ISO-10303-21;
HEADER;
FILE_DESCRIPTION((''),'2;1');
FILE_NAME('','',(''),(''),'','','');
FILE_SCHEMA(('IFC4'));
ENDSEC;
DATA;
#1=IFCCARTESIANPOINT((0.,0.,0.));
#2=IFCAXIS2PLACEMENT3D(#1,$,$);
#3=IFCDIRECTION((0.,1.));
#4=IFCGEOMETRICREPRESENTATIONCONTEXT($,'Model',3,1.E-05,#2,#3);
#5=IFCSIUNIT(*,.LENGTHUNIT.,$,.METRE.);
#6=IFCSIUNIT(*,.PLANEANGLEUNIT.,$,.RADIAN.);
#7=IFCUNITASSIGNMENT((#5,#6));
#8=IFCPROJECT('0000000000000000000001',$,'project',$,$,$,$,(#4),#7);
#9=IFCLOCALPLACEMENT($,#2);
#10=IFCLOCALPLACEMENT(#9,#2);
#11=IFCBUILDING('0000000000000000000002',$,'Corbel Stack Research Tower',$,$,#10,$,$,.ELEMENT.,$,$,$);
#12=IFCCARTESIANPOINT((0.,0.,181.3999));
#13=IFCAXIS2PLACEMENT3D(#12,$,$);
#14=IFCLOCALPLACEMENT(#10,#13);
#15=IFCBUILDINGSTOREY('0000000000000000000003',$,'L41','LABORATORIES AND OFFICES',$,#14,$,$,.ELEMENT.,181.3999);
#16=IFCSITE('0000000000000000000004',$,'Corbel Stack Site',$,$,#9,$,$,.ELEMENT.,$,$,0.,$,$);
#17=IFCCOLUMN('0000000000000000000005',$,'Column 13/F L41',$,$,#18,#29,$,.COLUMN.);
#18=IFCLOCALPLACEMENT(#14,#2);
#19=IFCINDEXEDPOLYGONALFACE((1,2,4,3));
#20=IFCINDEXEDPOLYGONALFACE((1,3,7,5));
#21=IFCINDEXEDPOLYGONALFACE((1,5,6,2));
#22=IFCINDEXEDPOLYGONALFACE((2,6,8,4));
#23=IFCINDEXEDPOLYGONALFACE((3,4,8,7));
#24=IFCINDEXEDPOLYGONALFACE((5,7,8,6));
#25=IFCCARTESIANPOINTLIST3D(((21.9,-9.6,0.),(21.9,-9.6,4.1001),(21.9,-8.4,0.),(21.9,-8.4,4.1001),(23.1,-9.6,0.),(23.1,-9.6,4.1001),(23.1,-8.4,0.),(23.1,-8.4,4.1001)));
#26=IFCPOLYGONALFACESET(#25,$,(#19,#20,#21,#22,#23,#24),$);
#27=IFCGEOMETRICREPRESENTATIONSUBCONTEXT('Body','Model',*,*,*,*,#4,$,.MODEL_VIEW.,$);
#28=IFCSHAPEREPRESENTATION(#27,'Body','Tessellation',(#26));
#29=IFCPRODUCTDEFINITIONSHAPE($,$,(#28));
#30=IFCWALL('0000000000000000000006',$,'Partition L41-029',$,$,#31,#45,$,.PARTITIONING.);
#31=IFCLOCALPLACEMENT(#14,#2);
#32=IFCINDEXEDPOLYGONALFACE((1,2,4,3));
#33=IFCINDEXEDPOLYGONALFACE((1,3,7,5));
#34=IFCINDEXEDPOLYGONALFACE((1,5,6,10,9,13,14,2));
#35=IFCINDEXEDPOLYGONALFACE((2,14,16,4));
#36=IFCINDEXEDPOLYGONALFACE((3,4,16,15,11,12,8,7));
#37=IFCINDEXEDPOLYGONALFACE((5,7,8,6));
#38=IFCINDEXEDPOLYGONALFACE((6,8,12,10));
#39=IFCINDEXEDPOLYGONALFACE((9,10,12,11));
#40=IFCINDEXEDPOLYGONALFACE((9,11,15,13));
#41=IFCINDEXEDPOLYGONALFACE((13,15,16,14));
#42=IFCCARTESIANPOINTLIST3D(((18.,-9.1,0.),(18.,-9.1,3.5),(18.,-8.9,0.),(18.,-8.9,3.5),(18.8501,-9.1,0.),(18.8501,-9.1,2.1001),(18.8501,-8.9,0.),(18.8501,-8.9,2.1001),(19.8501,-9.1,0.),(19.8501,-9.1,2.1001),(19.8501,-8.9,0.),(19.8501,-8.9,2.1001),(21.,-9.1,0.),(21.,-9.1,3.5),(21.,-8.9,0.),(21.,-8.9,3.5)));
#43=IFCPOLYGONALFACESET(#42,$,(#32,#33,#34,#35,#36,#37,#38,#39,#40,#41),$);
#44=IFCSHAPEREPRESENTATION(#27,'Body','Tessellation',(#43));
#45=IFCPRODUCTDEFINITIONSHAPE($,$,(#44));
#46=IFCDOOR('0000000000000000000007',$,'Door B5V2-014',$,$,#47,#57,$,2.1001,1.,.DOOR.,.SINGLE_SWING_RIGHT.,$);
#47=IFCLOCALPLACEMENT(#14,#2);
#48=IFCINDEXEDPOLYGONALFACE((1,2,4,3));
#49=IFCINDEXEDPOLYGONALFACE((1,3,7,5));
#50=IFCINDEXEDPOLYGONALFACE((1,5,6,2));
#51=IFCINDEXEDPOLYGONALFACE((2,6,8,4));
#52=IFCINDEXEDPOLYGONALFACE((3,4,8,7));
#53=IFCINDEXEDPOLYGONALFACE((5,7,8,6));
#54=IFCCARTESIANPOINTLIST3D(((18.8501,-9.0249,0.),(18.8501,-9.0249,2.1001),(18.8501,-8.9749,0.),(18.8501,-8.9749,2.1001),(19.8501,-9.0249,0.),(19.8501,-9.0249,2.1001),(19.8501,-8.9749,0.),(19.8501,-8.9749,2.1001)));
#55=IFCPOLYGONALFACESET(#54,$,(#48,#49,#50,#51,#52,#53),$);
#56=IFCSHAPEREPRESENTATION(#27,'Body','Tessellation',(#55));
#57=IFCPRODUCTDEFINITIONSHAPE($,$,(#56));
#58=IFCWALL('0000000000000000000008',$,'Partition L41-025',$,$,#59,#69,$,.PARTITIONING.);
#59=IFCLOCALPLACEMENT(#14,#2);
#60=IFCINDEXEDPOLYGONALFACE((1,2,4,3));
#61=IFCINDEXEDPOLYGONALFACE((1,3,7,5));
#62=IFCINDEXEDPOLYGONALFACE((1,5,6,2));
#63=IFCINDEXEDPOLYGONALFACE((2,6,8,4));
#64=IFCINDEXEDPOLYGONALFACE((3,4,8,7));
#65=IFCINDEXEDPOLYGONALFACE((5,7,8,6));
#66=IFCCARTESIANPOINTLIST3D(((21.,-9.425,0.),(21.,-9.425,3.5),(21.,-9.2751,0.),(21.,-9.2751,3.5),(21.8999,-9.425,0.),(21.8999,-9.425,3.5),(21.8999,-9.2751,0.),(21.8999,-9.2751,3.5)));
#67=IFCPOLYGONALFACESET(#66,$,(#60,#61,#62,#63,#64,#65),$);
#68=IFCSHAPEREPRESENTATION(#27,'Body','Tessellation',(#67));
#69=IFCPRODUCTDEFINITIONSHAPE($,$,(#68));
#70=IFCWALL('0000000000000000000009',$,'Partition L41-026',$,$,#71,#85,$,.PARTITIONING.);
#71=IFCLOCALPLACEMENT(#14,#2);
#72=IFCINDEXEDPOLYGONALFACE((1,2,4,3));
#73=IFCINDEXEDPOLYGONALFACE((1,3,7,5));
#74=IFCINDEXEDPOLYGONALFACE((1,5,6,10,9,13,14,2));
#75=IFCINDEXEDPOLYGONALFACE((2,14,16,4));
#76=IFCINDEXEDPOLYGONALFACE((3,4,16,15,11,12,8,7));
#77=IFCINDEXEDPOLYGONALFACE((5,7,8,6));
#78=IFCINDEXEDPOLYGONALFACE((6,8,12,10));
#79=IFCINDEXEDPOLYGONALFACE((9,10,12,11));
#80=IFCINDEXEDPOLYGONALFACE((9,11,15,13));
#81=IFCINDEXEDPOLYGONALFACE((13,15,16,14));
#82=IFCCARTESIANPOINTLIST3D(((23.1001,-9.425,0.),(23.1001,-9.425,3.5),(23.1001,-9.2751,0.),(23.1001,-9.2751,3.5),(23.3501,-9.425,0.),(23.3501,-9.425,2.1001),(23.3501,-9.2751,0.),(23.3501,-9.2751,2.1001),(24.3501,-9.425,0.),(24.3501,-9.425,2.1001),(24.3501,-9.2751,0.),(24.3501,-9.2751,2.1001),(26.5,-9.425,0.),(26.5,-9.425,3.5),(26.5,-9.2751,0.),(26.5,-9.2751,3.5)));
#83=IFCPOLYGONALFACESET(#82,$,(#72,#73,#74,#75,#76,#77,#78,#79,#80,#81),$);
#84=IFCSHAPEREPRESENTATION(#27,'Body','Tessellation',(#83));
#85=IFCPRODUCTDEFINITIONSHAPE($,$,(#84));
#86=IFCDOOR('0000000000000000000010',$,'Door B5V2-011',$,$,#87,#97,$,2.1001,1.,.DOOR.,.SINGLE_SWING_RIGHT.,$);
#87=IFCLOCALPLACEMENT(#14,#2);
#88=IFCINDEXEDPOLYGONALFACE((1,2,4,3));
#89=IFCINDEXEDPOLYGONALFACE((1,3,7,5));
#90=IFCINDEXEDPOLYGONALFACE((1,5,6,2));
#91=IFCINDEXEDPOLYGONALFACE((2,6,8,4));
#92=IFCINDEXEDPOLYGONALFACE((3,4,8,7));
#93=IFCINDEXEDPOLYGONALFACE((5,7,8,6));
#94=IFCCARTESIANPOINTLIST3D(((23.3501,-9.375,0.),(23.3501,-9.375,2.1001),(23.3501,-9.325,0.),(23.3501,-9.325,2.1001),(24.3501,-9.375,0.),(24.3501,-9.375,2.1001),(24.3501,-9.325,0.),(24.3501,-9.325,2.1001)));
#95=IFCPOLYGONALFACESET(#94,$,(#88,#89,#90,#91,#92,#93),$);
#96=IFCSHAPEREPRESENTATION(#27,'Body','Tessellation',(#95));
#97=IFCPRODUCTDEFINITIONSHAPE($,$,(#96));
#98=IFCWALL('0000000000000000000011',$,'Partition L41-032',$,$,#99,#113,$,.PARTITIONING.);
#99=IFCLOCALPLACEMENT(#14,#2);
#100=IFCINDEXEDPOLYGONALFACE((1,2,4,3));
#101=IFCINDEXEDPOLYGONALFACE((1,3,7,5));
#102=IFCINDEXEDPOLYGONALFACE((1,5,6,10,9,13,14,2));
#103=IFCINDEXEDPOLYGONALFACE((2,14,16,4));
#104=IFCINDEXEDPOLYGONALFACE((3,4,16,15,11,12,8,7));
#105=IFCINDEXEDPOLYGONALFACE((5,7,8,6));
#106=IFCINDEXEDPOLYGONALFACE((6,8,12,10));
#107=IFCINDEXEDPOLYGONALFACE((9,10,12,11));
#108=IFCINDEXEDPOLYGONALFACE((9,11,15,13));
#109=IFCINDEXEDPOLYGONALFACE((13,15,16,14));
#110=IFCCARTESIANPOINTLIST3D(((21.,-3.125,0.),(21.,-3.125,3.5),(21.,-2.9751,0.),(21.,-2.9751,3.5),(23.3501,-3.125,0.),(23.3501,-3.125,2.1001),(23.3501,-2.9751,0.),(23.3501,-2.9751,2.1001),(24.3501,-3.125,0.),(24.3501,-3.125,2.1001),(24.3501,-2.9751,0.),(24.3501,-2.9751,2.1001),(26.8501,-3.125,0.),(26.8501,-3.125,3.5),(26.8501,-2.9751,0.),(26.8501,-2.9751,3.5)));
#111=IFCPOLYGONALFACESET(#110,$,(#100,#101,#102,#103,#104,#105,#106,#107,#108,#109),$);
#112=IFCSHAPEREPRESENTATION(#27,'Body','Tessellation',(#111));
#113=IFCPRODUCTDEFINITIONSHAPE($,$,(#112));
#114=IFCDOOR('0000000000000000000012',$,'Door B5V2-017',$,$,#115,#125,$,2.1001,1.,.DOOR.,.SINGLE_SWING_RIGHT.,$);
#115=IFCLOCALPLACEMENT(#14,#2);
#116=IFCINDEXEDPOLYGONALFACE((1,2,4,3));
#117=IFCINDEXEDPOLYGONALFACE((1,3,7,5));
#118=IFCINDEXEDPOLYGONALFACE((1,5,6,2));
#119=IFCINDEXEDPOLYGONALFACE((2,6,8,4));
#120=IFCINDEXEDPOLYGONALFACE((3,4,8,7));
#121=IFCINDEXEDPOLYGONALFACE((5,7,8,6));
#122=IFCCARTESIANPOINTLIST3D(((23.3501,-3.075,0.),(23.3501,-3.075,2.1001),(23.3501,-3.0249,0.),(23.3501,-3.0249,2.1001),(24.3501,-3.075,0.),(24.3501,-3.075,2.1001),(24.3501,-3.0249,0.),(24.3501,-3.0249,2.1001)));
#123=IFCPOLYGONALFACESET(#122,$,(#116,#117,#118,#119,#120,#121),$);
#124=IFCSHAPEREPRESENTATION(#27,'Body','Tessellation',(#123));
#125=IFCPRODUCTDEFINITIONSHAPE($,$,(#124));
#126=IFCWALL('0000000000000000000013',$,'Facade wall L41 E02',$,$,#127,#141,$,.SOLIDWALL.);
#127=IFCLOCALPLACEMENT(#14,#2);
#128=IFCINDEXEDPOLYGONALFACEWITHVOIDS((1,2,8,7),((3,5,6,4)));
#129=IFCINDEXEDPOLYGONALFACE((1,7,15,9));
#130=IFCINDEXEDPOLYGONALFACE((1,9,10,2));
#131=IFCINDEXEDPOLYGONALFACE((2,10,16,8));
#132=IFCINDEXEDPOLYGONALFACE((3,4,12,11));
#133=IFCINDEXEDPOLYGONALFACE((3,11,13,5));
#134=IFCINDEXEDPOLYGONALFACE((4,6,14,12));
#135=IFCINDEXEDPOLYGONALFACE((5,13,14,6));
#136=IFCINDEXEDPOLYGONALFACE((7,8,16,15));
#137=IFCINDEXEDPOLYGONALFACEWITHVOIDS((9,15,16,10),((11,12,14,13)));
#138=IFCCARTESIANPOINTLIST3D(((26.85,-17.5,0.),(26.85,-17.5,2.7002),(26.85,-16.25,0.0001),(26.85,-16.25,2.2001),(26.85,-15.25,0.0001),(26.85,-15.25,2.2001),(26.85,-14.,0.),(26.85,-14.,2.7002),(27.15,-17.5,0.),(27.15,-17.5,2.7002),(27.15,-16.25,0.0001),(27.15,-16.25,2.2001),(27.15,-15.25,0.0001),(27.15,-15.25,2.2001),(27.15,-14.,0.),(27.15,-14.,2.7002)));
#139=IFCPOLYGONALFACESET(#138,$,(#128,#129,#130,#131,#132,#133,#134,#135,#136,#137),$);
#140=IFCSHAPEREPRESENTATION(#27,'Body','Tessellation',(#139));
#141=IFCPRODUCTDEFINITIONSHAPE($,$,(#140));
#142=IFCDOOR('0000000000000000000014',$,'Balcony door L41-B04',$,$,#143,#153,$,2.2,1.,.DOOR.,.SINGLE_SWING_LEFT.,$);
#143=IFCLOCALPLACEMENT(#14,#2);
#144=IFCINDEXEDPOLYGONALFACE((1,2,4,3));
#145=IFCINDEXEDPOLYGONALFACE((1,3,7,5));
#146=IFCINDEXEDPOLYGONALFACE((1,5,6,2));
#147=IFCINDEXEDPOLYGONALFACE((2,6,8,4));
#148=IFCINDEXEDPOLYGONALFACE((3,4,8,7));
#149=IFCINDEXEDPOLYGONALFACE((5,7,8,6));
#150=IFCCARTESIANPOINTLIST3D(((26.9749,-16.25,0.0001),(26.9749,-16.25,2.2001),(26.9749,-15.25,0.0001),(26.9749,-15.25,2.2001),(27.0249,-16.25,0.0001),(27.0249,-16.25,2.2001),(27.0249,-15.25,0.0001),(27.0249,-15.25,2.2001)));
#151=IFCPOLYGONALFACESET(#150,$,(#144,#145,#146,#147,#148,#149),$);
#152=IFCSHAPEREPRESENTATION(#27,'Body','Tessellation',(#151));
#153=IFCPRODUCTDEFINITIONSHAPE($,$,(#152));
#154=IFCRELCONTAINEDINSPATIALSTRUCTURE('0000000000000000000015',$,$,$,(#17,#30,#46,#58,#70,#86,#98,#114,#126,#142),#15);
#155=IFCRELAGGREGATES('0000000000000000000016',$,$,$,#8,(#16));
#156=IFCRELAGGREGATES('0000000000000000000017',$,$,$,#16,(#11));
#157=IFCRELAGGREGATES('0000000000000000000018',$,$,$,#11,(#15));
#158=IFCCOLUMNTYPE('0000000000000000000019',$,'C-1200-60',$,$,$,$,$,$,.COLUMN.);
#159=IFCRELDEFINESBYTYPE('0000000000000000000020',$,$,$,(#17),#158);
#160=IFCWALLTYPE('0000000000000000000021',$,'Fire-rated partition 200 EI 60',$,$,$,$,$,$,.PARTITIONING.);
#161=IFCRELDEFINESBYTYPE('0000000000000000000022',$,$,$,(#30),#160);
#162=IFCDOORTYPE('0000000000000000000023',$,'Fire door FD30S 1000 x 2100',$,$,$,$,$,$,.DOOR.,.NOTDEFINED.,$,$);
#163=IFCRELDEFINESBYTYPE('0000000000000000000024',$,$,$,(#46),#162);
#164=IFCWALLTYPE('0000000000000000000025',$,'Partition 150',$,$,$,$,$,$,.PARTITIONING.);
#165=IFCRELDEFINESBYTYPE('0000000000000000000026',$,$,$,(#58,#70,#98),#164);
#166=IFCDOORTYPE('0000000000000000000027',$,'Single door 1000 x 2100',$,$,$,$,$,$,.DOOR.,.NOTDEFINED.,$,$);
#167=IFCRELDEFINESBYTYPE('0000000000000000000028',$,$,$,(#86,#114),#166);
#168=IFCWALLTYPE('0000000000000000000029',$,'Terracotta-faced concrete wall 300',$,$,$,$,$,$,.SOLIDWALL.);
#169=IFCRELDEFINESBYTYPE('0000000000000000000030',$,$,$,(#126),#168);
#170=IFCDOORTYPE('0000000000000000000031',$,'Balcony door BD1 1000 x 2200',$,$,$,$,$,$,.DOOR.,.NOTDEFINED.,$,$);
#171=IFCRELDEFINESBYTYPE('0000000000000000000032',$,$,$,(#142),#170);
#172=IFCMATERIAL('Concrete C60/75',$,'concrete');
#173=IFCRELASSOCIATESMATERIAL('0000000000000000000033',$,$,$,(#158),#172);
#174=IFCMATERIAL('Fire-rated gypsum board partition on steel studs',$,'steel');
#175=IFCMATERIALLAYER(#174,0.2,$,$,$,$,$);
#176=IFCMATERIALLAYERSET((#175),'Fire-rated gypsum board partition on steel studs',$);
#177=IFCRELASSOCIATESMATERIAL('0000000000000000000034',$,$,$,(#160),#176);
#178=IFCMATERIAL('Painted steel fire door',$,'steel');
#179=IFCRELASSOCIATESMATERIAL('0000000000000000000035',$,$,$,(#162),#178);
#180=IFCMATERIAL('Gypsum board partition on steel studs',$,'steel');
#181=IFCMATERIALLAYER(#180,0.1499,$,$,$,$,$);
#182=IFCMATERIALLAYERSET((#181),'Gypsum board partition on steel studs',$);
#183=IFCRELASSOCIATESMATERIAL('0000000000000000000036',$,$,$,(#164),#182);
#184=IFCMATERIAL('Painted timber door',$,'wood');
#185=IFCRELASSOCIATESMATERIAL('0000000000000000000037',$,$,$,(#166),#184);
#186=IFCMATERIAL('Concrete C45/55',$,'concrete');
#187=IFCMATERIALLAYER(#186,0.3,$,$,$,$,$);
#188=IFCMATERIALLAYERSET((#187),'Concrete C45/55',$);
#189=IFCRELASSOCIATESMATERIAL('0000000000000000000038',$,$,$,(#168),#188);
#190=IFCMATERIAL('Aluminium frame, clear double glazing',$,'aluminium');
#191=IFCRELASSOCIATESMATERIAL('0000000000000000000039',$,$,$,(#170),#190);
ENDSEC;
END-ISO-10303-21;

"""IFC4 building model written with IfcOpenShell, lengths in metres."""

from ifc_helpers import new_model, si_unit, direction, frame, frame_2d, origin, origin_2d, place, context, subcontext, project, spatial, rectangle, extrude, material, layer, layer_set, material_profile, profile_set, type_object, element, fill, save


model = new_model("IFC4")

# Units and contexts
model_context = context("Model", 3, precision=1e-05, world=origin(), true_north=direction((0.0, 1.0)))
body_context = subcontext(model_context, "Body", "Model", "MODEL_VIEW")
ifc_project = project(units=[si_unit("LENGTHUNIT", "METRE"), si_unit("PLANEANGLEUNIT", "RADIAN")], contexts=[model_context])

# Site, building, storey
site_placement = place(None, origin())
site = spatial("IfcSite", under=ifc_project, at=site_placement, Name="Corbel Stack Site", CompositionType="ELEMENT", RefElevation=0.0)
building_placement = place(site_placement, origin())
building = spatial("IfcBuilding", under=site, at=building_placement, Name="Corbel Stack Research Tower", CompositionType="ELEMENT")
storey_placement = place(building_placement, frame((0.0, 0.0, 181.3999)))
storey = spatial("IfcBuildingStorey", under=building, at=storey_placement, Name="L41", Description="LABORATORIES AND OFFICES", CompositionType="ELEMENT", Elevation=181.3999)

# Column
ifc_material_1 = material(Name="Concrete C60/75", Category="concrete")
ifc_material_profile = material_profile(ifc_material_1, rectangle(XDim=1.2, YDim=1.2, at=origin_2d()), Name="RC 1200 x 1200")
ifc_profile_set = profile_set([ifc_material_profile], Name="Concrete C60/75")
column_type = type_object("IfcColumnType", Name="C-1200-60", PredefinedType="COLUMN", material=ifc_profile_set)
column_placement = place(storey_placement, frame((22.5, -9.0, 0.0), z_axis=(0.0, 0.0, 1.0), x_axis=(1.0, 0.0, 0.0)))
element("IfcColumn", 1, at=column_placement, inside=storey, type_object=column_type, Name="Column 13/F L41", PredefinedType="COLUMN", context=body_context, shape_type="SweptSolid", body=[
    extrude(rectangle(XDim=1.2, YDim=1.2, at=origin_2d()), origin(), (0.0, 0.0, 1.0), 4.1001),
])

# Wall, opening, door
ifc_material_2 = material(Name="Fire-rated gypsum board partition on steel studs", Category="steel")
ifc_layer_1 = layer(ifc_material_2, 0.2)
ifc_layer_set_1 = layer_set([ifc_layer_1], Name="Fire-rated gypsum board partition on steel studs")
wall_type_1 = type_object("IfcWallType", Name="Fire-rated partition 200 EI 60", PredefinedType="PARTITIONING", material=ifc_layer_set_1)
wall_1_placement = place(storey_placement, frame((21.0, -9.0, 0.0), z_axis=(0.0, 0.0, 1.0), x_axis=(-1.0, 0.0, 0.0)))
wall_1 = element("IfcWall", 2, at=wall_1_placement, inside=storey, type_object=wall_type_1, Name="Partition L41-029", PredefinedType="PARTITIONING", context=body_context, shape_type="SweptSolid", body=[
    extrude(rectangle(XDim=3.0, YDim=0.2, at=frame_2d((1.5, 0.0))), origin(), (0.0, 0.0, 1.0), 3.5),
])
opening_1_placement = place(wall_1_placement, frame((1.1499, 0.0, 0.0)))
opening_1 = element("IfcOpeningElement", 3, at=opening_1_placement, cuts=wall_1, PredefinedType="OPENING", context=body_context, shape_type="SweptSolid", body=[
    extrude(rectangle(XDim=1.0, YDim=2.1001, at=frame_2d((0.5, 1.05))), frame((0.0, 0.1099, 0.0), z_axis=(0.0, -1.0, 0.0), x_axis=(1.0, 0.0, 0.0)), (0.0, 0.0, 1.0), 0.22),
])
ifc_material_3 = material(Name="Painted steel fire door", Category="steel")
door_type_1 = type_object("IfcDoorType", Name="Fire door FD30S 1000 x 2100", OperationType="NOTDEFINED", PredefinedType="DOOR", material=ifc_material_3)
door_1_placement = place(opening_1_placement, origin())
door_1 = element("IfcDoor", 4, at=door_1_placement, inside=storey, type_object=door_type_1, Name="Door B5V2-014", OperationType="SINGLE_SWING_RIGHT", OverallHeight=2.1001, OverallWidth=1.0, PredefinedType="DOOR", context=body_context, shape_type="SweptSolid", body=[
    extrude(rectangle(XDim=1.0, YDim=2.1001, at=frame_2d((0.5, 1.05))), frame((0.0, 0.0249, 0.0), z_axis=(0.0, -1.0, 0.0), x_axis=(1.0, 0.0, 0.0)), (0.0, 0.0, 1.0), 0.05),
])
fill(opening_1, door_1)

# Wall
ifc_material_4 = material(Name="Gypsum board partition on steel studs", Category="steel")
ifc_layer_2 = layer(ifc_material_4, 0.1499)
ifc_layer_set_2 = layer_set([ifc_layer_2], Name="Gypsum board partition on steel studs")
wall_type_2 = type_object("IfcWallType", Name="Partition 150", PredefinedType="PARTITIONING", material=ifc_layer_set_2)
wall_2_placement = place(storey_placement, frame((21.0, -9.3501, 0.0), z_axis=(0.0, 0.0, 1.0), x_axis=(1.0, 0.0, 0.0)))
element("IfcWall", 5, at=wall_2_placement, inside=storey, type_object=wall_type_2, Name="Partition L41-025", PredefinedType="PARTITIONING", context=body_context, shape_type="SweptSolid", body=[
    extrude(rectangle(XDim=0.8999, YDim=0.1499, at=frame_2d((0.45, 0.0))), origin(), (0.0, 0.0, 1.0), 3.5),
])

# Walls, openings, doors
wall_3_placement = place(storey_placement, frame((26.5, -9.3501, 0.0), z_axis=(0.0, 0.0, 1.0), x_axis=(-1.0, 0.0, 0.0)))
wall_3 = element("IfcWall", 6, at=wall_3_placement, inside=storey, type_object=wall_type_2, Name="Partition L41-026", PredefinedType="PARTITIONING", context=body_context, shape_type="SweptSolid", body=[
    extrude(rectangle(XDim=3.3999, YDim=0.1499, at=frame_2d((1.7, 0.0))), origin(), (0.0, 0.0, 1.0), 3.5),
])
opening_2_placement = place(wall_3_placement, frame((2.1499, 0.0, 0.0)))
opening_2 = element("IfcOpeningElement", 7, at=opening_2_placement, cuts=wall_3, PredefinedType="OPENING", context=body_context, shape_type="SweptSolid", body=[
    extrude(rectangle(XDim=1.0, YDim=2.1001, at=frame_2d((0.5, 1.05))), frame((0.0, 0.085, 0.0), z_axis=(0.0, -1.0, 0.0), x_axis=(1.0, 0.0, 0.0)), (0.0, 0.0, 1.0), 0.1699),
])
ifc_material_5 = material(Name="Painted timber door", Category="wood")
door_type_2 = type_object("IfcDoorType", Name="Single door 1000 x 2100", OperationType="NOTDEFINED", PredefinedType="DOOR", material=ifc_material_5)
door_2_placement = place(opening_2_placement, origin())
door_2 = element("IfcDoor", 8, at=door_2_placement, inside=storey, type_object=door_type_2, Name="Door B5V2-011", OperationType="SINGLE_SWING_RIGHT", OverallHeight=2.1001, OverallWidth=1.0, PredefinedType="DOOR", context=body_context, shape_type="SweptSolid", body=[
    extrude(rectangle(XDim=1.0, YDim=2.1001, at=frame_2d((0.5, 1.05))), frame((0.0, 0.0249, 0.0), z_axis=(0.0, -1.0, 0.0), x_axis=(1.0, 0.0, 0.0)), (0.0, 0.0, 1.0), 0.05),
])
fill(opening_2, door_2)
wall_4_placement = place(storey_placement, frame((26.8501, -3.05, 0.0), z_axis=(0.0, 0.0, 1.0), x_axis=(-1.0, 0.0, 0.0)))
wall_4 = element("IfcWall", 9, at=wall_4_placement, inside=storey, type_object=wall_type_2, Name="Partition L41-032", PredefinedType="PARTITIONING", context=body_context, shape_type="SweptSolid", body=[
    extrude(rectangle(XDim=5.8501, YDim=0.1499, at=frame_2d((2.925, 0.0))), origin(), (0.0, 0.0, 1.0), 3.5),
])
opening_3_placement = place(wall_4_placement, frame((2.5, 0.0, 0.0)))
opening_3 = element("IfcOpeningElement", 10, at=opening_3_placement, cuts=wall_4, PredefinedType="OPENING", context=body_context, shape_type="SweptSolid", body=[
    extrude(rectangle(XDim=1.0, YDim=2.1001, at=frame_2d((0.5, 1.05))), frame((0.0, 0.085, 0.0), z_axis=(0.0, -1.0, 0.0), x_axis=(1.0, 0.0, 0.0)), (0.0, 0.0, 1.0), 0.1699),
])
door_3_placement = place(opening_3_placement, origin())
door_3 = element("IfcDoor", 11, at=door_3_placement, inside=storey, type_object=door_type_2, Name="Door B5V2-017", OperationType="SINGLE_SWING_RIGHT", OverallHeight=2.1001, OverallWidth=1.0, PredefinedType="DOOR", context=body_context, shape_type="SweptSolid", body=[
    extrude(rectangle(XDim=1.0, YDim=2.1001, at=frame_2d((0.5, 1.05))), frame((0.0, 0.0249, 0.0), z_axis=(0.0, -1.0, 0.0), x_axis=(1.0, 0.0, 0.0)), (0.0, 0.0, 1.0), 0.05),
])
fill(opening_3, door_3)
ifc_material_6 = material(Name="Concrete C45/55", Category="concrete")
ifc_layer_3 = layer(ifc_material_6, 0.3)
ifc_layer_set_3 = layer_set([ifc_layer_3], Name="Concrete C45/55")
wall_type_3 = type_object("IfcWallType", Name="Terracotta-faced concrete wall 300", PredefinedType="SOLIDWALL", material=ifc_layer_set_3)
wall_5_placement = place(storey_placement, frame((27.0, -14.0, 0.0), z_axis=(0.0, 0.0, 1.0), x_axis=(0.0, -1.0, 0.0)))
wall_5 = element("IfcWall", 12, at=wall_5_placement, inside=storey, type_object=wall_type_3, Name="Facade wall L41 E02", PredefinedType="SOLIDWALL", context=body_context, shape_type="SweptSolid", body=[
    extrude(rectangle(XDim=3.5, YDim=0.3, at=frame_2d((1.75, 0.0))), origin(), (0.0, 0.0, 1.0), 2.7002),
])
opening_4_placement = place(wall_5_placement, frame((1.25, 0.0, 0.0)))
opening_4 = element("IfcOpeningElement", 13, at=opening_4_placement, cuts=wall_5, PredefinedType="OPENING", context=body_context, shape_type="SweptSolid", body=[
    extrude(rectangle(XDim=1.0, YDim=2.2, at=frame_2d((0.5, 1.1001))), frame((0.0, 0.1599, 0.0), z_axis=(0.0, -1.0, 0.0), x_axis=(1.0, 0.0, 0.0)), (0.0, 0.0, 1.0), 0.3201),
])
ifc_material_7 = material(Name="Aluminium frame, clear double glazing", Category="aluminium")
door_type_3 = type_object("IfcDoorType", Name="Balcony door BD1 1000 x 2200", OperationType="NOTDEFINED", PredefinedType="DOOR", material=ifc_material_7)
door_4_placement = place(opening_4_placement, origin())
door_4 = element("IfcDoor", 14, at=door_4_placement, inside=storey, type_object=door_type_3, Name="Balcony door L41-B04", OperationType="SINGLE_SWING_LEFT", OverallHeight=2.2, OverallWidth=1.0, PredefinedType="DOOR", context=body_context, shape_type="SweptSolid", body=[
    extrude(rectangle(XDim=1.0, YDim=2.2, at=frame_2d((0.5, 1.1001))), frame((0.0, 0.0249, 0.0), z_axis=(0.0, -1.0, 0.0), x_axis=(1.0, 0.0, 0.0)), (0.0, 0.0, 1.0), 0.05),
])
fill(opening_4, door_4)

save(model, "model.ifc")
